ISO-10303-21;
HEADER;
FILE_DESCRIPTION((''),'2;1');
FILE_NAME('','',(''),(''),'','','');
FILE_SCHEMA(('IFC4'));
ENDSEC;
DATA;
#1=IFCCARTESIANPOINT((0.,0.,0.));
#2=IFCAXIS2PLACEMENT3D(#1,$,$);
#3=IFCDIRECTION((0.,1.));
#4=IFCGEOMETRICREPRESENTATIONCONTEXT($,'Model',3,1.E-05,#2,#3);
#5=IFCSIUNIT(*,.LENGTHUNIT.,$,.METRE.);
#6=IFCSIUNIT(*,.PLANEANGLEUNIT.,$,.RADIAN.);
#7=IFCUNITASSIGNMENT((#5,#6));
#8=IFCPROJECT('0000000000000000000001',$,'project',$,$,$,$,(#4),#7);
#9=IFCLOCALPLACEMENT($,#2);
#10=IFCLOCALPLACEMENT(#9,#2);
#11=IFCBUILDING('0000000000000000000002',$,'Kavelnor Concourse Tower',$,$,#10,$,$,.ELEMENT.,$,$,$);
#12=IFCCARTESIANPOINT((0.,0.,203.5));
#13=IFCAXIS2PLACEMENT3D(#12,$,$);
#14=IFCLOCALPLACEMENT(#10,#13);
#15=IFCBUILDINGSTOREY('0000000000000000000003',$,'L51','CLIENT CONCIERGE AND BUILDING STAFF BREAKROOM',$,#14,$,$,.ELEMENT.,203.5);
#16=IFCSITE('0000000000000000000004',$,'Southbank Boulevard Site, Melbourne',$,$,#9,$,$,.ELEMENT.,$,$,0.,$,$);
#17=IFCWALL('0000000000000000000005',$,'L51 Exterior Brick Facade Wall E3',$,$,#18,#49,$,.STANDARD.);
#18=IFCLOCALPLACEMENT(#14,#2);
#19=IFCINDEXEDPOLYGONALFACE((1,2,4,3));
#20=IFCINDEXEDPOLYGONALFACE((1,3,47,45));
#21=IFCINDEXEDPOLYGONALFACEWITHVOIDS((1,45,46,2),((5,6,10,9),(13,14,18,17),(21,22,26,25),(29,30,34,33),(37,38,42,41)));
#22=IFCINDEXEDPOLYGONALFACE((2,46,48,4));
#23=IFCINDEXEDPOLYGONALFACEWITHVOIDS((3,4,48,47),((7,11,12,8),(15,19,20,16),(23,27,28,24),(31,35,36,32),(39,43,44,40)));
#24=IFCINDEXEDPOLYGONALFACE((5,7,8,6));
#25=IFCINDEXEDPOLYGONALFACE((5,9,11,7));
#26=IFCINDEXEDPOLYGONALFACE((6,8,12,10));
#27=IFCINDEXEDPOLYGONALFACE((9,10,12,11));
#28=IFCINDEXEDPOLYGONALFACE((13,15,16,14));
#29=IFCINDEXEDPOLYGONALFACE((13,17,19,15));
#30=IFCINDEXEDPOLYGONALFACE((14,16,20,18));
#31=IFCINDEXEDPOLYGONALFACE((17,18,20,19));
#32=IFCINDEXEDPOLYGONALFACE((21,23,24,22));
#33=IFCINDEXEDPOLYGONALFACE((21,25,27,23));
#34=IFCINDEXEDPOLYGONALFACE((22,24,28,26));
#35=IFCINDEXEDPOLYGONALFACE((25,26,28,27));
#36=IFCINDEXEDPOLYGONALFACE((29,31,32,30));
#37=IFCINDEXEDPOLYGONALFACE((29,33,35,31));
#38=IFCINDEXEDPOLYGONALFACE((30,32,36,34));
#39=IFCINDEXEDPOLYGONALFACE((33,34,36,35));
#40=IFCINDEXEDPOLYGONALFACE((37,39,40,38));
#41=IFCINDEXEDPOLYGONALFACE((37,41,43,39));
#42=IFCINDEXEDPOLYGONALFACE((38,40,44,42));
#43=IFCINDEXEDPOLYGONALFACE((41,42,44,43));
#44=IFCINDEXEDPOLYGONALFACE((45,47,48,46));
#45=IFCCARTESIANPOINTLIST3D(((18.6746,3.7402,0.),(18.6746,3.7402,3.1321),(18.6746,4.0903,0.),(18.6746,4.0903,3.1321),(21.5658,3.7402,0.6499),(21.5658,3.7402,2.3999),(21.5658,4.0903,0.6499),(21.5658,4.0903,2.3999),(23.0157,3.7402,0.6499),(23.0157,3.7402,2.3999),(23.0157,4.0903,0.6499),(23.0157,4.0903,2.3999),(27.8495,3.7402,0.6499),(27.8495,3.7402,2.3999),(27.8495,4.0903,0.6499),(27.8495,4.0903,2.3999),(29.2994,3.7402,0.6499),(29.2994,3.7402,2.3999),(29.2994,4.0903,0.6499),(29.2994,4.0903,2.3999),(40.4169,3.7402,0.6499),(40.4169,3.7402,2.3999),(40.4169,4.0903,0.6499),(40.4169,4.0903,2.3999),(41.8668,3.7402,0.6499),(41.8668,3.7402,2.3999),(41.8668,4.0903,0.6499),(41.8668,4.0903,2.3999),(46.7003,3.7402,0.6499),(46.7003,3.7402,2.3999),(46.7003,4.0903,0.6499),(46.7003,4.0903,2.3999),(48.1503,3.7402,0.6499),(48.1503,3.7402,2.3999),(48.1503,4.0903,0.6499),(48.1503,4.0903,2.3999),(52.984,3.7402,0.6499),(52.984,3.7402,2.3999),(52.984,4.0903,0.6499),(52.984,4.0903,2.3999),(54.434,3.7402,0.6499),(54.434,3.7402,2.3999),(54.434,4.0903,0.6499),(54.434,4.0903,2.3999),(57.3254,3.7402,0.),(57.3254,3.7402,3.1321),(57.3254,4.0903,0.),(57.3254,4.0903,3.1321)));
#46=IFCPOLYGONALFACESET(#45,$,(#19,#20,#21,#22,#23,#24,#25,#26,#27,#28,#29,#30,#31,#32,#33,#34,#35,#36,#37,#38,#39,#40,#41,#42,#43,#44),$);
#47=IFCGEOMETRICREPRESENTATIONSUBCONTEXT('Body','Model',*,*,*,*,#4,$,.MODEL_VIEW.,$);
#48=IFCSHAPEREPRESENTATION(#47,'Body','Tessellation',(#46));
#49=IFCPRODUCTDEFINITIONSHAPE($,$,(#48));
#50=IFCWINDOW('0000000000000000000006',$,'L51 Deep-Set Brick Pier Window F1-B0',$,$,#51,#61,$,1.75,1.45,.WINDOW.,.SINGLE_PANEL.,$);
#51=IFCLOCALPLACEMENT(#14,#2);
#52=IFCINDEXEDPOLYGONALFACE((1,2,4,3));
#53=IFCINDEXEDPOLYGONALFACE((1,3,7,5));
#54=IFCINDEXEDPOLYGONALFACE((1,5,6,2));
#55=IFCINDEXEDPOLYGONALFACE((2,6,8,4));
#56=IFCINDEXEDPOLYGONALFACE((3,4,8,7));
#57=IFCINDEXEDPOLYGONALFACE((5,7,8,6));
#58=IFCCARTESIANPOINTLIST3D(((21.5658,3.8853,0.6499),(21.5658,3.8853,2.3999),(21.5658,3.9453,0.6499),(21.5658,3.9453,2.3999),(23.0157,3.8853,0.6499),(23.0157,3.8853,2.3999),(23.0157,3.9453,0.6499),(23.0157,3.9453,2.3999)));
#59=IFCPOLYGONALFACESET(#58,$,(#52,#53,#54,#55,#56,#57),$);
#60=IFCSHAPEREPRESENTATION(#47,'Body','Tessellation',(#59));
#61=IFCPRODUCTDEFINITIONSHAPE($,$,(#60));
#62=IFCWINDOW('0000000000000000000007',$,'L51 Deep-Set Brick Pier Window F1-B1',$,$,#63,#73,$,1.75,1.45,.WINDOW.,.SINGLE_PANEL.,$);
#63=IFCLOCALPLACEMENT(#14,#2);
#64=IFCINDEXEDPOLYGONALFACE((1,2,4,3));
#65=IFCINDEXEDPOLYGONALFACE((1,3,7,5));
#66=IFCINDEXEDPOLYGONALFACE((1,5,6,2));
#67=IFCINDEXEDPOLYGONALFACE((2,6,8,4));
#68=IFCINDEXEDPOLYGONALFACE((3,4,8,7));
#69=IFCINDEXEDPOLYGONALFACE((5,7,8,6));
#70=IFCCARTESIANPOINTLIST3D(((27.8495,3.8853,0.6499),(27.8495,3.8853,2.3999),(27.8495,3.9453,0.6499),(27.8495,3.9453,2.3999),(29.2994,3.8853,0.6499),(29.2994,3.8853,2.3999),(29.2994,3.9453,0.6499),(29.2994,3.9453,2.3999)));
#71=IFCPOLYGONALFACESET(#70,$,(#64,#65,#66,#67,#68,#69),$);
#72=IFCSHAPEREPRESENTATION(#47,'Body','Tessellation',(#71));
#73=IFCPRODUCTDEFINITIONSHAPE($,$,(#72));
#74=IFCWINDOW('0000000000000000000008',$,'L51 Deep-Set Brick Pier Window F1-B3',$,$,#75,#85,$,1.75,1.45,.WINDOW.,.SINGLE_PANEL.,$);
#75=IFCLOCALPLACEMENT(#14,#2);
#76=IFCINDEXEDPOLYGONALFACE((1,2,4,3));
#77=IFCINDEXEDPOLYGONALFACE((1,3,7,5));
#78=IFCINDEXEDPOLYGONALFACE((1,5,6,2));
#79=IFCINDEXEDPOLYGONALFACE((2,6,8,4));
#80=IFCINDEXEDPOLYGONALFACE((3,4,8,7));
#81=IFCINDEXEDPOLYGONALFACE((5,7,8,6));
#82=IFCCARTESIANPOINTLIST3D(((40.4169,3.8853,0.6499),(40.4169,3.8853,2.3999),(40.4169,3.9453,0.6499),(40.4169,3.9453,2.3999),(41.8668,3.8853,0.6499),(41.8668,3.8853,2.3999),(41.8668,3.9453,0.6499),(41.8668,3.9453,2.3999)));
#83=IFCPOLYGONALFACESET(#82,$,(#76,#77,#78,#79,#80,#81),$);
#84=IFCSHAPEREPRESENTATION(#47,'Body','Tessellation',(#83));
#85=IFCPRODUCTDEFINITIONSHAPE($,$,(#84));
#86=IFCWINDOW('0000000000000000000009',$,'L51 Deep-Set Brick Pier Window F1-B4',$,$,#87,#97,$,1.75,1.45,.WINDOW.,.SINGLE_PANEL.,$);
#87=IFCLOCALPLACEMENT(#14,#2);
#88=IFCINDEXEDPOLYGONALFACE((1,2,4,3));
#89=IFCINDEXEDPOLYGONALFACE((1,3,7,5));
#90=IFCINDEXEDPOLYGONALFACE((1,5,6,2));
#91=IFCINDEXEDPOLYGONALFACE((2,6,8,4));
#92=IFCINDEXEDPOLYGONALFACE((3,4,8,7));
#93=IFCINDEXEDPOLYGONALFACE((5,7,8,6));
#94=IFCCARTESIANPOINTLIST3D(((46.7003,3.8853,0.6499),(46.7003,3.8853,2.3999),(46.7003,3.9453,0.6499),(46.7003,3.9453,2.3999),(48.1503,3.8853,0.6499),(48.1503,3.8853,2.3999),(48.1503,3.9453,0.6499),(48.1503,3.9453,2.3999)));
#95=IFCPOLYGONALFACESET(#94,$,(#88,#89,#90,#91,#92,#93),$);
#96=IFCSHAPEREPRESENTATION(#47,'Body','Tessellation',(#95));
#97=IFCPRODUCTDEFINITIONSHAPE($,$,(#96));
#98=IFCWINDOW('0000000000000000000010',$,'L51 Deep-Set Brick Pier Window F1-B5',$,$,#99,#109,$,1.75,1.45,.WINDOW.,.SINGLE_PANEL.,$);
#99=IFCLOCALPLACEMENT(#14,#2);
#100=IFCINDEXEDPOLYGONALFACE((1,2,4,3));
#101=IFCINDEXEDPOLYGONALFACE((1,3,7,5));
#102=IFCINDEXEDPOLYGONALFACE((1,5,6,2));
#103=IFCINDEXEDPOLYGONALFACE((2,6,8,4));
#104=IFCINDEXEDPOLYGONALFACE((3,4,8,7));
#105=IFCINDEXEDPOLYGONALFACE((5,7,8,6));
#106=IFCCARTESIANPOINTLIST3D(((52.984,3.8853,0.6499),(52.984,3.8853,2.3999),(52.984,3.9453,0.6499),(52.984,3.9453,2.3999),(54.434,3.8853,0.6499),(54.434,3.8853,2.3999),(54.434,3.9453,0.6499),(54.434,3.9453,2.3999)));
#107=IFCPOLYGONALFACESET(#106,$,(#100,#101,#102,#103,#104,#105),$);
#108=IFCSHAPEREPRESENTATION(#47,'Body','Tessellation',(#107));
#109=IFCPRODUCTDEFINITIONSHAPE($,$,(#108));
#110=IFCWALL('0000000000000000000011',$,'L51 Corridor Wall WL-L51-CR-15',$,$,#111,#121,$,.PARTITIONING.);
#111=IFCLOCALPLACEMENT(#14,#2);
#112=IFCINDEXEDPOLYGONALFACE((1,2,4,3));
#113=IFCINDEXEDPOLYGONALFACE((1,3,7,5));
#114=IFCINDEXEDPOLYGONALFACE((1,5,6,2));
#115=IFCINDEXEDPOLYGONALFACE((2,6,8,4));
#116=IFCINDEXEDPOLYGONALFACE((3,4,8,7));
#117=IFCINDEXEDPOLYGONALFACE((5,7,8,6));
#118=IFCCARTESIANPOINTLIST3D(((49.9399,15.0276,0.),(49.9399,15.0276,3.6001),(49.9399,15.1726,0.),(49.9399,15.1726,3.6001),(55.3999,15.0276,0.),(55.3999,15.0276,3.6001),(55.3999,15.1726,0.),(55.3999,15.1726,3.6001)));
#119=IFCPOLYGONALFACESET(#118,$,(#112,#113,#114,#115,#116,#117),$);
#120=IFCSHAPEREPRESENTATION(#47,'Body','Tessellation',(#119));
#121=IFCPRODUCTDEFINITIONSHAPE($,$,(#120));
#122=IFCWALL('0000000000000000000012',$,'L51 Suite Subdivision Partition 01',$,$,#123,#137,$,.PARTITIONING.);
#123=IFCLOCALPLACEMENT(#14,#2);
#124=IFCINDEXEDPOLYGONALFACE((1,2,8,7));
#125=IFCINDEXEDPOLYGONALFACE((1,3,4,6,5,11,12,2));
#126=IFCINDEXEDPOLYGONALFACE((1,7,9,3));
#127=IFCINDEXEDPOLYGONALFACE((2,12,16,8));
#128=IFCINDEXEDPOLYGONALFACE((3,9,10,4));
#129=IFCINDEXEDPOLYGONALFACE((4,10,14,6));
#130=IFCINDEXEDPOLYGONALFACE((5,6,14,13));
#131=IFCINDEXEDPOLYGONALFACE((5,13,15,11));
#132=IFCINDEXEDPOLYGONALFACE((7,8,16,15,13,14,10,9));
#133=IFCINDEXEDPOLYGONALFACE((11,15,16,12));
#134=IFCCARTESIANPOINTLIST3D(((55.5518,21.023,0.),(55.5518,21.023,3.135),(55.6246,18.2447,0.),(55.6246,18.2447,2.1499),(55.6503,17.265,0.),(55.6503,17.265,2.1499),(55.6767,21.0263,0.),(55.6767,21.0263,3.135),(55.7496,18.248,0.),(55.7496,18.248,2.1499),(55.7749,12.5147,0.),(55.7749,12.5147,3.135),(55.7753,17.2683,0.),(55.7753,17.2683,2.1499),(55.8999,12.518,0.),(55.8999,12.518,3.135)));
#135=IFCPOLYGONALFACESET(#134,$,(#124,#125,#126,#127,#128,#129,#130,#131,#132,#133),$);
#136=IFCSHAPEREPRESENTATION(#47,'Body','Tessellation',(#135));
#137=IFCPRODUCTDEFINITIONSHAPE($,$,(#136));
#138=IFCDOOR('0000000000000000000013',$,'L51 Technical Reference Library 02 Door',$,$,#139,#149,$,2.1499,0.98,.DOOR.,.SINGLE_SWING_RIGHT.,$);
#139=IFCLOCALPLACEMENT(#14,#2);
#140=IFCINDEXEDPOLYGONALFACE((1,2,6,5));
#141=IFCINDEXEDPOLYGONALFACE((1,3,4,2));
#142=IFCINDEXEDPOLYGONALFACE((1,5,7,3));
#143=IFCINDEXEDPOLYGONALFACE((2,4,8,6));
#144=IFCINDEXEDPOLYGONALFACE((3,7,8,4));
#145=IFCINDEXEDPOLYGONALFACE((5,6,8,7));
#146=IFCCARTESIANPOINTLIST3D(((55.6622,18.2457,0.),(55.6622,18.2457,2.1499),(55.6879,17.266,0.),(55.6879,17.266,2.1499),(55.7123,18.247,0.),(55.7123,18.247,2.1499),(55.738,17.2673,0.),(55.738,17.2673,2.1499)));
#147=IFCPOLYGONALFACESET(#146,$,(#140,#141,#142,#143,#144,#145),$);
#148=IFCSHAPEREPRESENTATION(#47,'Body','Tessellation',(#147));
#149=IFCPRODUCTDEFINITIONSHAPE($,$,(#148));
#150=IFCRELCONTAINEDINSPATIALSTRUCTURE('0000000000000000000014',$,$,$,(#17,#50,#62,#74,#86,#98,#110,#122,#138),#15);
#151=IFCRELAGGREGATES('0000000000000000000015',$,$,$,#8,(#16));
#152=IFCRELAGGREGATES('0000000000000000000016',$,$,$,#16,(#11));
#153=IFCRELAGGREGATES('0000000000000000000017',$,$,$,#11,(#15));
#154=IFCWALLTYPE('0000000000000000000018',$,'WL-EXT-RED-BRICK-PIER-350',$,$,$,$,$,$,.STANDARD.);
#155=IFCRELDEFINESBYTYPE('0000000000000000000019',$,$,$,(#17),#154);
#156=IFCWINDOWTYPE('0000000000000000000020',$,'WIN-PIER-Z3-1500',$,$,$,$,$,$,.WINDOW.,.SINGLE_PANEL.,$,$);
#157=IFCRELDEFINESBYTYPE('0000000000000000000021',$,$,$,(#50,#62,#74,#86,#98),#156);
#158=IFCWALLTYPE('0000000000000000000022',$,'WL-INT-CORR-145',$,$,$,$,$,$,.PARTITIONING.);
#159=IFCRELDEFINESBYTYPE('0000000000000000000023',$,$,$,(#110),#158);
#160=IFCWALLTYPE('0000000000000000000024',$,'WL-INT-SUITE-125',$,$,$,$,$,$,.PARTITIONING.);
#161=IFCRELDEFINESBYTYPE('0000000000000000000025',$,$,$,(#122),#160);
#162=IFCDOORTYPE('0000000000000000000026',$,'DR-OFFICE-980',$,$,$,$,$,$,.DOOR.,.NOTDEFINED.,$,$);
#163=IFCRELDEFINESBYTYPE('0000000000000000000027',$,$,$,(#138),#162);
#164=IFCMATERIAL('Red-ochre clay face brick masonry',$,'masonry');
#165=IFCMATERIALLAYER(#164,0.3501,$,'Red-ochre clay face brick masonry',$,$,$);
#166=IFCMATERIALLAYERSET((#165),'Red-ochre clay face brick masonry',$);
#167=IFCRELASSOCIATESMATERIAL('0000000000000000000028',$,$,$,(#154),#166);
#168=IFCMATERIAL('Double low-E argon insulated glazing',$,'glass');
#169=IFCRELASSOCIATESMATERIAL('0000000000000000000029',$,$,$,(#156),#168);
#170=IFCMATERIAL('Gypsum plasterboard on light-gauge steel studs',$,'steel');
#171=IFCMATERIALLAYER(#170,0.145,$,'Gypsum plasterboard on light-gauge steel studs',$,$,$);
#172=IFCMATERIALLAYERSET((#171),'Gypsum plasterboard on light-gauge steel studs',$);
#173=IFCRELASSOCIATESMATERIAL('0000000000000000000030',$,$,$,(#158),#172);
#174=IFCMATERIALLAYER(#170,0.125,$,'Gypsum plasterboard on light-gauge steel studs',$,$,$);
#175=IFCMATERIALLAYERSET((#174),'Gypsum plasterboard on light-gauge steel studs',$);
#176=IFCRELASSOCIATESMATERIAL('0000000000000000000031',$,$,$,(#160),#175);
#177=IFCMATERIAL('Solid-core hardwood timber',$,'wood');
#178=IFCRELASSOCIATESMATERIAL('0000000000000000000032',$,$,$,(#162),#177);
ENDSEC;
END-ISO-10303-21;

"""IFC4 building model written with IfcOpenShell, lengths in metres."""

from ifc_helpers import new_model, si_unit, direction, frame, frame_2d, origin, place, context, subcontext, project, spatial, rectangle, extrude, material, layer, layer_set, type_object, element, fill, save


model = new_model("IFC4")

# Units and contexts
model_context = context("Model", 3, precision=1e-05, world=origin(), true_north=direction((0.0, 1.0)))
body_context = subcontext(model_context, "Body", "Model", "MODEL_VIEW")
ifc_project = project(units=[si_unit("LENGTHUNIT", "METRE"), si_unit("PLANEANGLEUNIT", "RADIAN")], contexts=[model_context])

# Site, building, storey
site_placement = place(None, origin())
site = spatial("IfcSite", under=ifc_project, at=site_placement, Name="Southbank Boulevard Site, Melbourne", CompositionType="ELEMENT", RefElevation=0.0)
building_placement = place(site_placement, origin())
building = spatial("IfcBuilding", under=site, at=building_placement, Name="Kavelnor Concourse Tower", CompositionType="ELEMENT")
storey_placement = place(building_placement, frame((0.0, 0.0, 203.5)))
storey = spatial("IfcBuildingStorey", under=building, at=storey_placement, Name="L51", Description="CLIENT CONCIERGE AND BUILDING STAFF BREAKROOM", CompositionType="ELEMENT", Elevation=203.5)

# Shared definitions
ifc_material_1 = material(Name="Double low-E argon insulated glazing", Category="glass")

# Wall, openings, windows
ifc_material_2 = material(Name="Red-ochre clay face brick masonry", Category="masonry")
ifc_layer_1 = layer(ifc_material_2, 0.3501, Name="Red-ochre clay face brick masonry")
ifc_layer_set_1 = layer_set([ifc_layer_1], Name="Red-ochre clay face brick masonry")
wall_type_1 = type_object("IfcWallType", Name="WL-EXT-RED-BRICK-PIER-350", PredefinedType="STANDARD", material=ifc_layer_set_1)
wall_1_placement = place(storey_placement, frame((57.3254, 3.9153, 0.0), z_axis=(0.0, 0.0, 1.0), x_axis=(-1.0, 0.0, 0.0)))
wall_1 = element("IfcWall", 1, at=wall_1_placement, inside=storey, type_object=wall_type_1, Name="L51 Exterior Brick Facade Wall E3", PredefinedType="STANDARD", context=body_context, shape_type="SweptSolid", body=[
    extrude(rectangle(XDim=38.6509, YDim=0.3501, at=frame_2d((19.3254, 0.0))), origin(), (0.0, 0.0, 1.0), 3.1321),
])
opening_1_placement = place(wall_1_placement, frame((34.3096, 0.0, 0.6499)))
opening_1 = element("IfcOpeningElement", 2, at=opening_1_placement, cuts=wall_1, PredefinedType="OPENING", context=body_context, shape_type="SweptSolid", body=[
    extrude(rectangle(XDim=1.45, YDim=1.75, at=frame_2d((0.7251, 0.875))), frame((0.0, 0.1851, 0.0), z_axis=(0.0, -1.0, 0.0), x_axis=(1.0, 0.0, 0.0)), (0.0, 0.0, 1.0), 0.3701),
])
opening_2_placement = place(wall_1_placement, frame((28.0259, 0.0, 0.6499)))
opening_2 = element("IfcOpeningElement", 3, at=opening_2_placement, cuts=wall_1, PredefinedType="OPENING", context=body_context, shape_type="SweptSolid", body=[
    extrude(rectangle(XDim=1.45, YDim=1.75, at=frame_2d((0.7251, 0.875))), frame((0.0, 0.1851, 0.0), z_axis=(0.0, -1.0, 0.0), x_axis=(1.0, 0.0, 0.0)), (0.0, 0.0, 1.0), 0.3701),
])
opening_3_placement = place(wall_1_placement, frame((15.4585, 0.0, 0.6499)))
opening_3 = element("IfcOpeningElement", 4, at=opening_3_placement, cuts=wall_1, PredefinedType="OPENING", context=body_context, shape_type="SweptSolid", body=[
    extrude(rectangle(XDim=1.45, YDim=1.75, at=frame_2d((0.7251, 0.875))), frame((0.0, 0.1851, 0.0), z_axis=(0.0, -1.0, 0.0), x_axis=(1.0, 0.0, 0.0)), (0.0, 0.0, 1.0), 0.3701),
])
opening_4_placement = place(wall_1_placement, frame((9.175, 0.0, 0.6499)))
opening_4 = element("IfcOpeningElement", 5, at=opening_4_placement, cuts=wall_1, PredefinedType="OPENING", context=body_context, shape_type="SweptSolid", body=[
    extrude(rectangle(XDim=1.45, YDim=1.75, at=frame_2d((0.7251, 0.875))), frame((0.0, 0.1851, 0.0), z_axis=(0.0, -1.0, 0.0), x_axis=(1.0, 0.0, 0.0)), (0.0, 0.0, 1.0), 0.3701),
])
opening_5_placement = place(wall_1_placement, frame((2.8914, 0.0, 0.6499)))
opening_5 = element("IfcOpeningElement", 6, at=opening_5_placement, cuts=wall_1, PredefinedType="OPENING", context=body_context, shape_type="SweptSolid", body=[
    extrude(rectangle(XDim=1.45, YDim=1.75, at=frame_2d((0.7251, 0.875))), frame((0.0, 0.1851, 0.0), z_axis=(0.0, -1.0, 0.0), x_axis=(1.0, 0.0, 0.0)), (0.0, 0.0, 1.0), 0.3701),
])
window_type_1 = type_object("IfcWindowType", Name="WIN-PIER-Z3-1500", PartitioningType="SINGLE_PANEL", PredefinedType="WINDOW", material=ifc_material_1)
window_1_placement = place(opening_1_placement, origin())
window_1 = element("IfcWindow", 7, at=window_1_placement, inside=storey, type_object=window_type_1, Name="L51 Deep-Set Brick Pier Window F1-B0", OverallHeight=1.75, OverallWidth=1.45, PartitioningType="SINGLE_PANEL", PredefinedType="WINDOW", context=body_context, shape_type="SweptSolid", body=[
    extrude(rectangle(XDim=1.45, YDim=1.75, at=frame_2d((0.7251, 0.875))), frame((0.0, 0.03, 0.0), z_axis=(0.0, -1.0, 0.0), x_axis=(1.0, 0.0, 0.0)), (0.0, 0.0, 1.0), 0.0601),
])
fill(opening_1, window_1)
window_2_placement = place(opening_2_placement, origin())
window_2 = element("IfcWindow", 8, at=window_2_placement, inside=storey, type_object=window_type_1, Name="L51 Deep-Set Brick Pier Window F1-B1", OverallHeight=1.75, OverallWidth=1.45, PartitioningType="SINGLE_PANEL", PredefinedType="WINDOW", context=body_context, shape_type="SweptSolid", body=[
    extrude(rectangle(XDim=1.45, YDim=1.75, at=frame_2d((0.7251, 0.875))), frame((0.0, 0.03, 0.0), z_axis=(0.0, -1.0, 0.0), x_axis=(1.0, 0.0, 0.0)), (0.0, 0.0, 1.0), 0.0601),
])
fill(opening_2, window_2)
window_3_placement = place(opening_3_placement, origin())
window_3 = element("IfcWindow", 9, at=window_3_placement, inside=storey, type_object=window_type_1, Name="L51 Deep-Set Brick Pier Window F1-B3", OverallHeight=1.75, OverallWidth=1.45, PartitioningType="SINGLE_PANEL", PredefinedType="WINDOW", context=body_context, shape_type="SweptSolid", body=[
    extrude(rectangle(XDim=1.45, YDim=1.75, at=frame_2d((0.7251, 0.875))), frame((0.0, 0.03, 0.0), z_axis=(0.0, -1.0, 0.0), x_axis=(1.0, 0.0, 0.0)), (0.0, 0.0, 1.0), 0.0601),
])
fill(opening_3, window_3)
window_4_placement = place(opening_4_placement, origin())
window_4 = element("IfcWindow", 10, at=window_4_placement, inside=storey, type_object=window_type_1, Name="L51 Deep-Set Brick Pier Window F1-B4", OverallHeight=1.75, OverallWidth=1.45, PartitioningType="SINGLE_PANEL", PredefinedType="WINDOW", context=body_context, shape_type="SweptSolid", body=[
    extrude(rectangle(XDim=1.45, YDim=1.75, at=frame_2d((0.7251, 0.875))), frame((0.0, 0.03, 0.0), z_axis=(0.0, -1.0, 0.0), x_axis=(1.0, 0.0, 0.0)), (0.0, 0.0, 1.0), 0.0601),
])
fill(opening_4, window_4)
window_5_placement = place(opening_5_placement, origin())
window_5 = element("IfcWindow", 11, at=window_5_placement, inside=storey, type_object=window_type_1, Name="L51 Deep-Set Brick Pier Window F1-B5", OverallHeight=1.75, OverallWidth=1.45, PartitioningType="SINGLE_PANEL", PredefinedType="WINDOW", context=body_context, shape_type="SweptSolid", body=[
    extrude(rectangle(XDim=1.45, YDim=1.75, at=frame_2d((0.7251, 0.875))), frame((0.0, 0.03, 0.0), z_axis=(0.0, -1.0, 0.0), x_axis=(1.0, 0.0, 0.0)), (0.0, 0.0, 1.0), 0.0601),
])
fill(opening_5, window_5)

# Wall
ifc_material_3 = material(Name="Gypsum plasterboard on light-gauge steel studs", Category="steel")
ifc_layer_2 = layer(ifc_material_3, 0.145, Name="Gypsum plasterboard on light-gauge steel studs")
ifc_layer_set_2 = layer_set([ifc_layer_2], Name="Gypsum plasterboard on light-gauge steel studs")
wall_type_2 = type_object("IfcWallType", Name="WL-INT-CORR-145", PredefinedType="PARTITIONING", material=ifc_layer_set_2)
wall_2_placement = place(storey_placement, frame((55.3999, 15.1001, 0.0), z_axis=(0.0, 0.0, 1.0), x_axis=(-1.0, 0.0, 0.0)))
element("IfcWall", 12, at=wall_2_placement, inside=storey, type_object=wall_type_2, Name="L51 Corridor Wall WL-L51-CR-15", PredefinedType="PARTITIONING", context=body_context, shape_type="SweptSolid", body=[
    extrude(rectangle(XDim=5.46, YDim=0.145, at=frame_2d((2.73, 0.0))), origin(), (0.0, 0.0, 1.0), 3.6001),
])

# Wall, opening, door
ifc_layer_3 = layer(ifc_material_3, 0.125, Name="Gypsum plasterboard on light-gauge steel studs")
ifc_layer_set_3 = layer_set([ifc_layer_3], Name="Gypsum plasterboard on light-gauge steel studs")
wall_type_3 = type_object("IfcWallType", Name="WL-INT-SUITE-125", PredefinedType="PARTITIONING", material=ifc_layer_set_3)
wall_3_placement = place(storey_placement, frame((55.8374, 12.5164, 0.0), z_axis=(0.0, 0.0, 1.0), x_axis=(-0.026218, 0.999656, 0.0)))
wall_3 = element("IfcWall", 13, at=wall_3_placement, inside=storey, type_object=wall_type_3, Name="L51 Suite Subdivision Partition 01", PredefinedType="PARTITIONING", context=body_context, shape_type="SweptSolid", body=[
    extrude(rectangle(XDim=8.5112, YDim=0.125, at=frame_2d((4.2556, 0.0))), origin(), (0.0, 0.0, 1.0), 3.135),
])
opening_6_placement = place(wall_3_placement, frame((4.752, 0.0, 0.0)))
opening_6 = element("IfcOpeningElement", 14, at=opening_6_placement, cuts=wall_3, PredefinedType="OPENING", context=body_context, shape_type="SweptSolid", body=[
    extrude(rectangle(XDim=0.98, YDim=2.1499, at=frame_2d((0.49, 1.075))), frame((0.0, 0.0725, 0.0), z_axis=(0.0, -1.0, 0.0), x_axis=(1.0, 0.0, 0.0)), (0.0, 0.0, 1.0), 0.145),
])
ifc_material_4 = material(Name="Solid-core hardwood timber", Category="wood")
door_type = type_object("IfcDoorType", Name="DR-OFFICE-980", OperationType="NOTDEFINED", PredefinedType="DOOR", material=ifc_material_4)
door_placement = place(opening_6_placement, origin())
door = element("IfcDoor", 15, at=door_placement, inside=storey, type_object=door_type, Name="L51 Technical Reference Library 02 Door", OperationType="SINGLE_SWING_RIGHT", OverallHeight=2.1499, OverallWidth=0.98, PredefinedType="DOOR", context=body_context, shape_type="SweptSolid", body=[
    extrude(rectangle(XDim=0.98, YDim=2.1499, at=frame_2d((0.49, 1.075))), frame((0.0, 0.0249, 0.0), z_axis=(0.0, -1.0, 0.0), x_axis=(1.0, 0.0, 0.0)), (0.0, 0.0, 1.0), 0.05),
])
fill(opening_6, door)

save(model, "model.ifc")
